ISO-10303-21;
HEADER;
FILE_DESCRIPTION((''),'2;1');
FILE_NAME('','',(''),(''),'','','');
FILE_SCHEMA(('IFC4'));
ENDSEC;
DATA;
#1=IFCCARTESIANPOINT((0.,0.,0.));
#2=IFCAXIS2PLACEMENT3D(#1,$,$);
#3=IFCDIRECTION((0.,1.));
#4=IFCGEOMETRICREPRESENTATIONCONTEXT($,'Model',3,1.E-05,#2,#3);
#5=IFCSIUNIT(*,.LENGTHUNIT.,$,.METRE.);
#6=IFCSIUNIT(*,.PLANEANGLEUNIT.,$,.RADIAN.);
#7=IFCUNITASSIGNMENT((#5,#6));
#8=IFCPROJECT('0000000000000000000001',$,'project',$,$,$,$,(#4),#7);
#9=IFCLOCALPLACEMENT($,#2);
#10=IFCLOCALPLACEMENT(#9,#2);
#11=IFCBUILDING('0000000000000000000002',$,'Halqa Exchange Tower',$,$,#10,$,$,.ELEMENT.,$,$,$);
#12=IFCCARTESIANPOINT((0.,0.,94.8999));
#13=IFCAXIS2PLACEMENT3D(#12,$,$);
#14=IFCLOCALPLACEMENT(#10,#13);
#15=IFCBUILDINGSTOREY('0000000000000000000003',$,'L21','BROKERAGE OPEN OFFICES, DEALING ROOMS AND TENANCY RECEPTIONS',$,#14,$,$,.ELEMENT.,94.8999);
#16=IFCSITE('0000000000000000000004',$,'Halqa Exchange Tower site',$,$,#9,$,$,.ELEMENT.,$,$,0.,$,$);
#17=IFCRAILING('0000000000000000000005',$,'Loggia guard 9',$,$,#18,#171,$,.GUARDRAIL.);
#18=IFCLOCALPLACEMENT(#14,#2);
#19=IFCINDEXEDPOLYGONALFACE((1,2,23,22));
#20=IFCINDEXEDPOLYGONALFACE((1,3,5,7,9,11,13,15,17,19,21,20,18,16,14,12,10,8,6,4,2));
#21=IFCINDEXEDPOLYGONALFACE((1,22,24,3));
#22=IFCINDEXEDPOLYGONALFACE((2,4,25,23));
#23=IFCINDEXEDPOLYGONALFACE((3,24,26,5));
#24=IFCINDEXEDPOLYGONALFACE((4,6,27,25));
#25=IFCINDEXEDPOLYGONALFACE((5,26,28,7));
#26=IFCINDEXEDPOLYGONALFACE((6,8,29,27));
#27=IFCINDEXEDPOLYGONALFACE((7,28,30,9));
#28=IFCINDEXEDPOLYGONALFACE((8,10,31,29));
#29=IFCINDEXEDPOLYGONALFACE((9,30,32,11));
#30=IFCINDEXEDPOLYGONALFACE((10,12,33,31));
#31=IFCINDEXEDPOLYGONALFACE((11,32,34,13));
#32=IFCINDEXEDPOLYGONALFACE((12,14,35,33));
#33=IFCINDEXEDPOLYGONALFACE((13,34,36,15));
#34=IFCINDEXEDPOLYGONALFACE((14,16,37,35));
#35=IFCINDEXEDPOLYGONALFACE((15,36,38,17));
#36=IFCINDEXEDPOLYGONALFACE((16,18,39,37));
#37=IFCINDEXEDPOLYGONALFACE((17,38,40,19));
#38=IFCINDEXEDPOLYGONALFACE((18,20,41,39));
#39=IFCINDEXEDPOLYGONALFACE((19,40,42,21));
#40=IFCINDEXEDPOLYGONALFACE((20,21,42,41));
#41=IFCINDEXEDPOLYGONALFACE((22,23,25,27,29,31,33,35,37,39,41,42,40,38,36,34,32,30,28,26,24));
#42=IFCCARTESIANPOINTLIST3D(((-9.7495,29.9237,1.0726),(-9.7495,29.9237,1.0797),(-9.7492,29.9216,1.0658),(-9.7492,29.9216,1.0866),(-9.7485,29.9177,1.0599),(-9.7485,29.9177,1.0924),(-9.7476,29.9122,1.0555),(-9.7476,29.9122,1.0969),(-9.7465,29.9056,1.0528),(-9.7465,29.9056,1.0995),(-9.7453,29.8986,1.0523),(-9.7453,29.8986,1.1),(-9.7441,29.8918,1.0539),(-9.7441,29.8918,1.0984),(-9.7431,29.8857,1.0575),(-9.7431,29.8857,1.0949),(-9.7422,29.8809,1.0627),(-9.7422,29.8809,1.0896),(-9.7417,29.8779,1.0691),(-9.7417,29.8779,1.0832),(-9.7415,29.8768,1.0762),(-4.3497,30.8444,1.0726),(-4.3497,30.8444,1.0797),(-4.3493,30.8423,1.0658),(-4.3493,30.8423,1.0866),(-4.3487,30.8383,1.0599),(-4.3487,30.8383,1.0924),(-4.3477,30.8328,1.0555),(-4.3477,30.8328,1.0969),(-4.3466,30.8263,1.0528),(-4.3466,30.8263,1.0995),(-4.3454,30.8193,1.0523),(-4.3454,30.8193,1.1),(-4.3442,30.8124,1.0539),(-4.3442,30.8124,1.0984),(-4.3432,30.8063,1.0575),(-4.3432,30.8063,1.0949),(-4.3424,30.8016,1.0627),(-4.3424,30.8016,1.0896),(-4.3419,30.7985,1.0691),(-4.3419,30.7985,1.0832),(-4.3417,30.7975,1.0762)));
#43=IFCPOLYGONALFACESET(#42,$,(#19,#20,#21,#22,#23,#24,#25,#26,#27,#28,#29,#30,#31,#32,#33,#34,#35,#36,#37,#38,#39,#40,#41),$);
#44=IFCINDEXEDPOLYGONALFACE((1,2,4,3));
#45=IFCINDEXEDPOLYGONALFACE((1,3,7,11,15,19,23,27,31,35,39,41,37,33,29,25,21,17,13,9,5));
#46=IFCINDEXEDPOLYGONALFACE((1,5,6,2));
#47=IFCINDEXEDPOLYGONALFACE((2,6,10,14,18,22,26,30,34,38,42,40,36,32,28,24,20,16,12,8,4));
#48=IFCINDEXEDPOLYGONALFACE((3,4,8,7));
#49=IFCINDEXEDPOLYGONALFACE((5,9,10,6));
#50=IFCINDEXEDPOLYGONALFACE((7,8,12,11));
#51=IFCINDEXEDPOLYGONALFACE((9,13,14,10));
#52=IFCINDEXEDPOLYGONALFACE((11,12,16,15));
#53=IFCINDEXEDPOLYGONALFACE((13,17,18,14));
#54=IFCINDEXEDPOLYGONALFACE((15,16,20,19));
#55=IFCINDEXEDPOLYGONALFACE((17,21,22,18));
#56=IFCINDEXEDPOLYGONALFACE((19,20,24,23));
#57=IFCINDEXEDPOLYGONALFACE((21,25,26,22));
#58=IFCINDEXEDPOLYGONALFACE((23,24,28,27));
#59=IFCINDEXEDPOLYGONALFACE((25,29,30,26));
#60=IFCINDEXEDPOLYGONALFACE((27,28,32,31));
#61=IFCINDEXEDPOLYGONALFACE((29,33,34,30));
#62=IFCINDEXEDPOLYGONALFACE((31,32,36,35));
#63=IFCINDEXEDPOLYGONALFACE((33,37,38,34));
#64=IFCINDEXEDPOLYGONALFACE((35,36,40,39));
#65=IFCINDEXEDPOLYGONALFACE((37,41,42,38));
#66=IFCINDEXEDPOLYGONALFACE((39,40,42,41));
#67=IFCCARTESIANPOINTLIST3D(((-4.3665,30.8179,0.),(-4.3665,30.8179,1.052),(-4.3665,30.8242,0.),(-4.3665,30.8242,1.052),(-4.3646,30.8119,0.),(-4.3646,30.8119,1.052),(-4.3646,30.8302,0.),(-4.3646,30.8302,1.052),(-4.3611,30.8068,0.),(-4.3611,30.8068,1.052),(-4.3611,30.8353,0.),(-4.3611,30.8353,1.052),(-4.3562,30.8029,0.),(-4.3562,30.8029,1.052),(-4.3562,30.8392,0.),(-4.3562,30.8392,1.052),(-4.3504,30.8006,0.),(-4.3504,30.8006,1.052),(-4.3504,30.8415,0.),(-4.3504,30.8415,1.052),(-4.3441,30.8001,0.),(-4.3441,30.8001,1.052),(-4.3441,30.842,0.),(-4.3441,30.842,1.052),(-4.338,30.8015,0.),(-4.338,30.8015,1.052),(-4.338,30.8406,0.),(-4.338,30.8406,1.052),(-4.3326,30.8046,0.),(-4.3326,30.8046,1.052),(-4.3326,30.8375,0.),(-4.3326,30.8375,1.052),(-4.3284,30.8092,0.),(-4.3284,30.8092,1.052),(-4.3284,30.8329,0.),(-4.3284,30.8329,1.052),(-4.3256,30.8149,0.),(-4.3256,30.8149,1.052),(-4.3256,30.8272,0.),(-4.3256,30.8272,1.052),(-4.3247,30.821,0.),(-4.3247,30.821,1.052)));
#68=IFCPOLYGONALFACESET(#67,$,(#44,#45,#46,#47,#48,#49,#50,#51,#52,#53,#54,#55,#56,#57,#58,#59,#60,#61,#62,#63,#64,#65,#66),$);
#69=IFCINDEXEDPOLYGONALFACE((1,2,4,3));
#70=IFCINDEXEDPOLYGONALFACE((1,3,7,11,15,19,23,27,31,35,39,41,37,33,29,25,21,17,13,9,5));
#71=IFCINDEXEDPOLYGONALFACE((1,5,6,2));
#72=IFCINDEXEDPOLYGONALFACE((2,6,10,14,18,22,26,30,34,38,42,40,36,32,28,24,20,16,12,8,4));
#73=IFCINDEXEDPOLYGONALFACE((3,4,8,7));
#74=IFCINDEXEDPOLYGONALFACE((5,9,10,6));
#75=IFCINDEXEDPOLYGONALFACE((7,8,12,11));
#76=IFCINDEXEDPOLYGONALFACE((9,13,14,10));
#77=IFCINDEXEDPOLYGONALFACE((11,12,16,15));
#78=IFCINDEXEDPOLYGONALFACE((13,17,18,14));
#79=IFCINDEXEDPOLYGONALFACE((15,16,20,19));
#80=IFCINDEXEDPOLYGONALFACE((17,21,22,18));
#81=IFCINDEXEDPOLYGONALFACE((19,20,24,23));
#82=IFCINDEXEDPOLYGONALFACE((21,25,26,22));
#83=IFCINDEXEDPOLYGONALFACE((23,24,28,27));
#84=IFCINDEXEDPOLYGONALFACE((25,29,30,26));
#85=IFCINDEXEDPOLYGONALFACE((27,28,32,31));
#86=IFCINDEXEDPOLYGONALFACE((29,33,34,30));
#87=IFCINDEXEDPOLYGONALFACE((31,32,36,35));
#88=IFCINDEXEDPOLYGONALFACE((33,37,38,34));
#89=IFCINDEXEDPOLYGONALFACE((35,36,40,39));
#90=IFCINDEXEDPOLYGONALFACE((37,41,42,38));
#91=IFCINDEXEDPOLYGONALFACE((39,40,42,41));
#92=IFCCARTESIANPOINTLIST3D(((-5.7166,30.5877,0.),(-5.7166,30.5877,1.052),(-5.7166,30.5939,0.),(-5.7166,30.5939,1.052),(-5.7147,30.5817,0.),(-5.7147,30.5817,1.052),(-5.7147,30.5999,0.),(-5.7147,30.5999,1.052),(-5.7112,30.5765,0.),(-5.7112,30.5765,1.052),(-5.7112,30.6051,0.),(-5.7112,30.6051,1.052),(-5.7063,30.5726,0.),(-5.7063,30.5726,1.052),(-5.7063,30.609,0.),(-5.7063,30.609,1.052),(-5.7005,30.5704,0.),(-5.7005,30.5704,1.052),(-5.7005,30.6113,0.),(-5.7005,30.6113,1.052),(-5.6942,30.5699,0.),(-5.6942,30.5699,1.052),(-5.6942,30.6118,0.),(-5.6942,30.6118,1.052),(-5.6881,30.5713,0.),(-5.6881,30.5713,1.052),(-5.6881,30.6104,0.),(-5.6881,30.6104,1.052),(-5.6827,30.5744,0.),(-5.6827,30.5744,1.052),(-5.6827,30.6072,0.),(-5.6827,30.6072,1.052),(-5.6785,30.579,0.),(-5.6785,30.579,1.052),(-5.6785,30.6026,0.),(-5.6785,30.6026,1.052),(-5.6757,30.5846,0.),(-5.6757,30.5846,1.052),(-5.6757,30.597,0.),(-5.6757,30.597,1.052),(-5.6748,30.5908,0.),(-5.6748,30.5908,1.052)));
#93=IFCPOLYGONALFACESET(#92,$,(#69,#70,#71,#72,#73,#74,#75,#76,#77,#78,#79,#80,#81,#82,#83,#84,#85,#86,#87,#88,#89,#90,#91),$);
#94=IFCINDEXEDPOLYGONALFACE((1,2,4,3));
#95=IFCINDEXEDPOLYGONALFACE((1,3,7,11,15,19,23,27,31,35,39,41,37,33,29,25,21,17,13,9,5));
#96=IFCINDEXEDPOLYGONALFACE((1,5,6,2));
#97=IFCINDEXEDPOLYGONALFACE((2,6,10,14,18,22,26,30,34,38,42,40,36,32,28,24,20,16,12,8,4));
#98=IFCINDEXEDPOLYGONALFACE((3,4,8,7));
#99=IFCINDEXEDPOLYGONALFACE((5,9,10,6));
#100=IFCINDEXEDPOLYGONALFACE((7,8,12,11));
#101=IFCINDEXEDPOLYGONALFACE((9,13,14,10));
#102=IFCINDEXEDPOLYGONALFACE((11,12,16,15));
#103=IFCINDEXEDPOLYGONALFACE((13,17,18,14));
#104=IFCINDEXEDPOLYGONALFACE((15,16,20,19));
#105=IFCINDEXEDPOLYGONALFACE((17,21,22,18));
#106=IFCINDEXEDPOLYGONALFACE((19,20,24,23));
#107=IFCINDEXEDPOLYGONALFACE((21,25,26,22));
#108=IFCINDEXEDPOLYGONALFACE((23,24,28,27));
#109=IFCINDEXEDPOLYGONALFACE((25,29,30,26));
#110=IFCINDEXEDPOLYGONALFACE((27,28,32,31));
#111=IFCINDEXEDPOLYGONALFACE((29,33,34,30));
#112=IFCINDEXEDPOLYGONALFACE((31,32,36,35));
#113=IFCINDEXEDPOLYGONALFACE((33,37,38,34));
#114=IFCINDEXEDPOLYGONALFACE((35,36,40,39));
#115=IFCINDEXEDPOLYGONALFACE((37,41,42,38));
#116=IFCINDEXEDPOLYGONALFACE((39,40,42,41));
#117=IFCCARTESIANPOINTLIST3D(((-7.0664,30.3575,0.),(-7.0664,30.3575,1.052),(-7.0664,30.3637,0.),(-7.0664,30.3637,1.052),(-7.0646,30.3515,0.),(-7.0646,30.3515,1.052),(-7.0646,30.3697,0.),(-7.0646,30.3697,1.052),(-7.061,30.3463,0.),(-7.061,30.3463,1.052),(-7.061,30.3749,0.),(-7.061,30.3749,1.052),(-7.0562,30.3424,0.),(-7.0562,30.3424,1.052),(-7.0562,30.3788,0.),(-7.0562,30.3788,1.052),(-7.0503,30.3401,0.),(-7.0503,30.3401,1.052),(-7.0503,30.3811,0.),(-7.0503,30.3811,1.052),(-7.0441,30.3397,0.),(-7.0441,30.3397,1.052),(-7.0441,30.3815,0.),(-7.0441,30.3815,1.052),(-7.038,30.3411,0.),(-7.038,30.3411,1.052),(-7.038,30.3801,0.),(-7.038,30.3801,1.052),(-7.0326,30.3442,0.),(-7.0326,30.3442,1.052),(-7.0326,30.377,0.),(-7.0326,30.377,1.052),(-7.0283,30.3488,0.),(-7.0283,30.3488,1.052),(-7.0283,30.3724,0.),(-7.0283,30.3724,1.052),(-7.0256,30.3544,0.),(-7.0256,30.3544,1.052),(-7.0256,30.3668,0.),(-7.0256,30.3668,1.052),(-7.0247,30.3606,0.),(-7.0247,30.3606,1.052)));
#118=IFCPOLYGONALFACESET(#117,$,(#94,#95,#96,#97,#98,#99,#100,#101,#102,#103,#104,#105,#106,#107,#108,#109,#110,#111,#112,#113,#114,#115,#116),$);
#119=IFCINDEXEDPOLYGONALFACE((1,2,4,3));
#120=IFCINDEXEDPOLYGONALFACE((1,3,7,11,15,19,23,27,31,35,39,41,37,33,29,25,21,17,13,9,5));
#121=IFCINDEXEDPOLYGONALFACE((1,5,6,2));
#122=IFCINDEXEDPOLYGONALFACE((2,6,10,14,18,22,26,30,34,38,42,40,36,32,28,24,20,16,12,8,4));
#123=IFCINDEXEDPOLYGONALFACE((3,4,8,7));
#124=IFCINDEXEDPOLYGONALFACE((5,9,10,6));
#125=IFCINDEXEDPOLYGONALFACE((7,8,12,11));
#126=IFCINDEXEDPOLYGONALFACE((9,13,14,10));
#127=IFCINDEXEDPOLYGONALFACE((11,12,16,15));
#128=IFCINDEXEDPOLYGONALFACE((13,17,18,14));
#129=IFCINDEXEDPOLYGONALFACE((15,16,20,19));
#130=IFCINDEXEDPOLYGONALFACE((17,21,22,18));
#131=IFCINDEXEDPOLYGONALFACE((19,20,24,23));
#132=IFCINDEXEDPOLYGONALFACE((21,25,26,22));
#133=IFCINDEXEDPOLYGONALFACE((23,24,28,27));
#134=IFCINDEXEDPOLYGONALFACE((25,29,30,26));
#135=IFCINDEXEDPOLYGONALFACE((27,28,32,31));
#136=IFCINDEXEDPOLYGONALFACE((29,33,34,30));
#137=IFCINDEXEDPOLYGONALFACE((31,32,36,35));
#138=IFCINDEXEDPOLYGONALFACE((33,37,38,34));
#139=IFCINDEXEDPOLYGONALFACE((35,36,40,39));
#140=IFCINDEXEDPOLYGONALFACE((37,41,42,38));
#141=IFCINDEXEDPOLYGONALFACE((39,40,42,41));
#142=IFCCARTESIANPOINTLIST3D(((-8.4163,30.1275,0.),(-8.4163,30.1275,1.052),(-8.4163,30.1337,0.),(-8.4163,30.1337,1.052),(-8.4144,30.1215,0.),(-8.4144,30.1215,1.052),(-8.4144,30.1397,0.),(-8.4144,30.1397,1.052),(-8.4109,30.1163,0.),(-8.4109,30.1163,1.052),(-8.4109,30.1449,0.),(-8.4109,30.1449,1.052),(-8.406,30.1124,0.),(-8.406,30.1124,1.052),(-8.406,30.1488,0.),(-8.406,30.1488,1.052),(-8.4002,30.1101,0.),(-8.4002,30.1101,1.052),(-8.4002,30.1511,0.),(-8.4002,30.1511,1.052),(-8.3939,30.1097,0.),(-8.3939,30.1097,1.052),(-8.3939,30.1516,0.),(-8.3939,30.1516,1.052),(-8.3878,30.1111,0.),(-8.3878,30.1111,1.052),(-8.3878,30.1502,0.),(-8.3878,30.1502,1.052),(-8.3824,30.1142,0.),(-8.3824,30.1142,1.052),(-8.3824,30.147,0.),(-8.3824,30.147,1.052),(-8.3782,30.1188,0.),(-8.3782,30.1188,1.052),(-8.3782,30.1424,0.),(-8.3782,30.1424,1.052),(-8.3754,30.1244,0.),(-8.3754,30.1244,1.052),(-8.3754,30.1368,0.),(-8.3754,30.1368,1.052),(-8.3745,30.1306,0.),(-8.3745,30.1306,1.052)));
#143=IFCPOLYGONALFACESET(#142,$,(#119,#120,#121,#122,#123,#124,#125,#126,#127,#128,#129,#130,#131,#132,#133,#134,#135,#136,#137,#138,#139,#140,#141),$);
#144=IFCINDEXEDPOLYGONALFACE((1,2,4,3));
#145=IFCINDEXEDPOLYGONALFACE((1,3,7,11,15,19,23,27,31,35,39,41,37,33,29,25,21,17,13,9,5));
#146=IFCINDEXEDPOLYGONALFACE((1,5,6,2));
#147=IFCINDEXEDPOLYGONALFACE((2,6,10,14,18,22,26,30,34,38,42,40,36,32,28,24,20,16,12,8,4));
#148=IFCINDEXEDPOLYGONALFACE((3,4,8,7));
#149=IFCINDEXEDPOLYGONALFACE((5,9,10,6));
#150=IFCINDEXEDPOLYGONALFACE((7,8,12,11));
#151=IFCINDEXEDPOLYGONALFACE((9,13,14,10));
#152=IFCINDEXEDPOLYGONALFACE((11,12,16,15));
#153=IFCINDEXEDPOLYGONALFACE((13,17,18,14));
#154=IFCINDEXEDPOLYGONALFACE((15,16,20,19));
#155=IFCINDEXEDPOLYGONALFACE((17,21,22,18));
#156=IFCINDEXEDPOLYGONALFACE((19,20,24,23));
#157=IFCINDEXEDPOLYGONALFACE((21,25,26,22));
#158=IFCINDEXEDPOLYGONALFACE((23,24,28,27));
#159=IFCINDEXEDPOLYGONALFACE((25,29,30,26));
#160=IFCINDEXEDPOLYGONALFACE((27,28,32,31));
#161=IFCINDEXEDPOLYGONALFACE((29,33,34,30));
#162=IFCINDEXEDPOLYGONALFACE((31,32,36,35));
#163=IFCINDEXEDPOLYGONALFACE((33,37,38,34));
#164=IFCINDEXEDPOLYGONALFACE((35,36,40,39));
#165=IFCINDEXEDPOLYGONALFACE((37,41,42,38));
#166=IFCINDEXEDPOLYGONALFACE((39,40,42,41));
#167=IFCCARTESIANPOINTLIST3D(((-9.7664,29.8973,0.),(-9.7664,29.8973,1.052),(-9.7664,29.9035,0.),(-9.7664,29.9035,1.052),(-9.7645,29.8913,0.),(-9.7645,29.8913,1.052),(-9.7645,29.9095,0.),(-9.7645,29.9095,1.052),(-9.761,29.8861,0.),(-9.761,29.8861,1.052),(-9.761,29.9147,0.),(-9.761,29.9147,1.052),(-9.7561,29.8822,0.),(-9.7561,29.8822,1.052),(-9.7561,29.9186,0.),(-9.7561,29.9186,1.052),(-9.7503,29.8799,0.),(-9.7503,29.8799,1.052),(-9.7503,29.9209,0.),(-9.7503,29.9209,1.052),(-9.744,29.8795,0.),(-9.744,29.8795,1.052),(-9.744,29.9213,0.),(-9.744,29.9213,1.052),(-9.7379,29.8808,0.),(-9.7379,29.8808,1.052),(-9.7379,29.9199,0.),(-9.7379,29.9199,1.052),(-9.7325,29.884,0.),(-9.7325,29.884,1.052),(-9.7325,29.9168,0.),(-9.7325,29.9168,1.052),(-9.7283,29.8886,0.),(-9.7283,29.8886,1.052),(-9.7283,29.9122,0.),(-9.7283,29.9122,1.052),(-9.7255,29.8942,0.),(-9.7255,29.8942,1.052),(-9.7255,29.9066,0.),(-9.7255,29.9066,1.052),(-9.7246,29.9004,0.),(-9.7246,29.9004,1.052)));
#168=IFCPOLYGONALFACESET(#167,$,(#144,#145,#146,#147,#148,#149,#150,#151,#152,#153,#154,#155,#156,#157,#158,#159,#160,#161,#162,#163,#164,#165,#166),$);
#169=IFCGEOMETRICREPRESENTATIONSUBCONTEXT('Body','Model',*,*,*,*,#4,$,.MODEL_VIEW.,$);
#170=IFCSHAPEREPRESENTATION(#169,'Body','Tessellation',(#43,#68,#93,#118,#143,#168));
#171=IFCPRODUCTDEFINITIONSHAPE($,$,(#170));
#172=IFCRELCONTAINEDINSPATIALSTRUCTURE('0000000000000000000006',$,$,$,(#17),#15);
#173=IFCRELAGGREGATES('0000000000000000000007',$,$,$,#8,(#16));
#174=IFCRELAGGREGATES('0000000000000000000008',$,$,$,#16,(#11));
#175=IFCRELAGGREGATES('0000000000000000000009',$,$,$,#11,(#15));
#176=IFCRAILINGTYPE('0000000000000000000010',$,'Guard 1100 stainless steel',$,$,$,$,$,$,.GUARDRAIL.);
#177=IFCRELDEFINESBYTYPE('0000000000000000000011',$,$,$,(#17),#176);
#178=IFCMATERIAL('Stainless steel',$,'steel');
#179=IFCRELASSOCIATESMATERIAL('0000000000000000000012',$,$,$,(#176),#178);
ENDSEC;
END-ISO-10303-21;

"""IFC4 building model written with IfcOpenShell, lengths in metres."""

from ifc_helpers import new_model, si_unit, direction, frame, origin, origin_2d, place, context, subcontext, project, spatial, circle, extrude, material, type_object, element, save


model = new_model("IFC4")

# Units and contexts
model_context = context("Model", 3, precision=1e-05, world=origin(), true_north=direction((0.0, 1.0)))
body_context = subcontext(model_context, "Body", "Model", "MODEL_VIEW")
ifc_project = project(units=[si_unit("LENGTHUNIT", "METRE"), si_unit("PLANEANGLEUNIT", "RADIAN")], contexts=[model_context])

# Site, building, storey
site_placement = place(None, origin())
site = spatial("IfcSite", under=ifc_project, at=site_placement, Name="Halqa Exchange Tower site", CompositionType="ELEMENT", RefElevation=0.0)
building_placement = place(site_placement, origin())
building = spatial("IfcBuilding", under=site, at=building_placement, Name="Halqa Exchange Tower", CompositionType="ELEMENT")
storey_placement = place(building_placement, frame((0.0, 0.0, 94.8999)))
storey = spatial("IfcBuildingStorey", under=building, at=storey_placement, Name="L21", Description="BROKERAGE OPEN OFFICES, DEALING ROOMS AND TENANCY RECEPTIONS", CompositionType="ELEMENT", Elevation=94.8999)

# Railing
ifc_material_1 = material(Name="Stainless steel", Category="steel")
railing_type_1 = type_object("IfcRailingType", Name="Guard 1100 stainless steel", PredefinedType="GUARDRAIL", material=ifc_material_1)
railing_1_placement = place(storey_placement, frame((-4.3457, 30.821, 0.0)))
element("IfcRailing", 1, at=railing_1_placement, inside=storey, type_object=railing_type_1, Name="Loggia guard 9", PredefinedType="GUARDRAIL", context=body_context, shape_type="SweptSolid", body=[
    extrude(circle(Radius=0.0239, at=origin_2d()), frame((0.0, 0.0, 1.0762), z_axis=(-0.985775, -0.168069, 0.0), x_axis=(0.168069, -0.985775, 0.0)), (0.0, 0.0, 1.0), 5.4778),
    extrude(circle(Radius=0.021, at=origin_2d()), origin(), (0.0, 0.0, 1.0), 1.052),
    extrude(circle(Radius=0.021, at=origin_2d()), frame((-1.3501, -0.2302, 0.0)), (0.0, 0.0, 1.0), 1.052),
    extrude(circle(Radius=0.021, at=origin_2d()), frame((-2.7, -0.4604, 0.0)), (0.0, 0.0, 1.0), 1.052),
    extrude(circle(Radius=0.021, at=origin_2d()), frame((-4.0498, -0.6904, 0.0)), (0.0, 0.0, 1.0), 1.052),
    extrude(circle(Radius=0.021, at=origin_2d()), frame((-5.3999, -0.9207, 0.0)), (0.0, 0.0, 1.0), 1.052),
])

save(model, "model.ifc")
